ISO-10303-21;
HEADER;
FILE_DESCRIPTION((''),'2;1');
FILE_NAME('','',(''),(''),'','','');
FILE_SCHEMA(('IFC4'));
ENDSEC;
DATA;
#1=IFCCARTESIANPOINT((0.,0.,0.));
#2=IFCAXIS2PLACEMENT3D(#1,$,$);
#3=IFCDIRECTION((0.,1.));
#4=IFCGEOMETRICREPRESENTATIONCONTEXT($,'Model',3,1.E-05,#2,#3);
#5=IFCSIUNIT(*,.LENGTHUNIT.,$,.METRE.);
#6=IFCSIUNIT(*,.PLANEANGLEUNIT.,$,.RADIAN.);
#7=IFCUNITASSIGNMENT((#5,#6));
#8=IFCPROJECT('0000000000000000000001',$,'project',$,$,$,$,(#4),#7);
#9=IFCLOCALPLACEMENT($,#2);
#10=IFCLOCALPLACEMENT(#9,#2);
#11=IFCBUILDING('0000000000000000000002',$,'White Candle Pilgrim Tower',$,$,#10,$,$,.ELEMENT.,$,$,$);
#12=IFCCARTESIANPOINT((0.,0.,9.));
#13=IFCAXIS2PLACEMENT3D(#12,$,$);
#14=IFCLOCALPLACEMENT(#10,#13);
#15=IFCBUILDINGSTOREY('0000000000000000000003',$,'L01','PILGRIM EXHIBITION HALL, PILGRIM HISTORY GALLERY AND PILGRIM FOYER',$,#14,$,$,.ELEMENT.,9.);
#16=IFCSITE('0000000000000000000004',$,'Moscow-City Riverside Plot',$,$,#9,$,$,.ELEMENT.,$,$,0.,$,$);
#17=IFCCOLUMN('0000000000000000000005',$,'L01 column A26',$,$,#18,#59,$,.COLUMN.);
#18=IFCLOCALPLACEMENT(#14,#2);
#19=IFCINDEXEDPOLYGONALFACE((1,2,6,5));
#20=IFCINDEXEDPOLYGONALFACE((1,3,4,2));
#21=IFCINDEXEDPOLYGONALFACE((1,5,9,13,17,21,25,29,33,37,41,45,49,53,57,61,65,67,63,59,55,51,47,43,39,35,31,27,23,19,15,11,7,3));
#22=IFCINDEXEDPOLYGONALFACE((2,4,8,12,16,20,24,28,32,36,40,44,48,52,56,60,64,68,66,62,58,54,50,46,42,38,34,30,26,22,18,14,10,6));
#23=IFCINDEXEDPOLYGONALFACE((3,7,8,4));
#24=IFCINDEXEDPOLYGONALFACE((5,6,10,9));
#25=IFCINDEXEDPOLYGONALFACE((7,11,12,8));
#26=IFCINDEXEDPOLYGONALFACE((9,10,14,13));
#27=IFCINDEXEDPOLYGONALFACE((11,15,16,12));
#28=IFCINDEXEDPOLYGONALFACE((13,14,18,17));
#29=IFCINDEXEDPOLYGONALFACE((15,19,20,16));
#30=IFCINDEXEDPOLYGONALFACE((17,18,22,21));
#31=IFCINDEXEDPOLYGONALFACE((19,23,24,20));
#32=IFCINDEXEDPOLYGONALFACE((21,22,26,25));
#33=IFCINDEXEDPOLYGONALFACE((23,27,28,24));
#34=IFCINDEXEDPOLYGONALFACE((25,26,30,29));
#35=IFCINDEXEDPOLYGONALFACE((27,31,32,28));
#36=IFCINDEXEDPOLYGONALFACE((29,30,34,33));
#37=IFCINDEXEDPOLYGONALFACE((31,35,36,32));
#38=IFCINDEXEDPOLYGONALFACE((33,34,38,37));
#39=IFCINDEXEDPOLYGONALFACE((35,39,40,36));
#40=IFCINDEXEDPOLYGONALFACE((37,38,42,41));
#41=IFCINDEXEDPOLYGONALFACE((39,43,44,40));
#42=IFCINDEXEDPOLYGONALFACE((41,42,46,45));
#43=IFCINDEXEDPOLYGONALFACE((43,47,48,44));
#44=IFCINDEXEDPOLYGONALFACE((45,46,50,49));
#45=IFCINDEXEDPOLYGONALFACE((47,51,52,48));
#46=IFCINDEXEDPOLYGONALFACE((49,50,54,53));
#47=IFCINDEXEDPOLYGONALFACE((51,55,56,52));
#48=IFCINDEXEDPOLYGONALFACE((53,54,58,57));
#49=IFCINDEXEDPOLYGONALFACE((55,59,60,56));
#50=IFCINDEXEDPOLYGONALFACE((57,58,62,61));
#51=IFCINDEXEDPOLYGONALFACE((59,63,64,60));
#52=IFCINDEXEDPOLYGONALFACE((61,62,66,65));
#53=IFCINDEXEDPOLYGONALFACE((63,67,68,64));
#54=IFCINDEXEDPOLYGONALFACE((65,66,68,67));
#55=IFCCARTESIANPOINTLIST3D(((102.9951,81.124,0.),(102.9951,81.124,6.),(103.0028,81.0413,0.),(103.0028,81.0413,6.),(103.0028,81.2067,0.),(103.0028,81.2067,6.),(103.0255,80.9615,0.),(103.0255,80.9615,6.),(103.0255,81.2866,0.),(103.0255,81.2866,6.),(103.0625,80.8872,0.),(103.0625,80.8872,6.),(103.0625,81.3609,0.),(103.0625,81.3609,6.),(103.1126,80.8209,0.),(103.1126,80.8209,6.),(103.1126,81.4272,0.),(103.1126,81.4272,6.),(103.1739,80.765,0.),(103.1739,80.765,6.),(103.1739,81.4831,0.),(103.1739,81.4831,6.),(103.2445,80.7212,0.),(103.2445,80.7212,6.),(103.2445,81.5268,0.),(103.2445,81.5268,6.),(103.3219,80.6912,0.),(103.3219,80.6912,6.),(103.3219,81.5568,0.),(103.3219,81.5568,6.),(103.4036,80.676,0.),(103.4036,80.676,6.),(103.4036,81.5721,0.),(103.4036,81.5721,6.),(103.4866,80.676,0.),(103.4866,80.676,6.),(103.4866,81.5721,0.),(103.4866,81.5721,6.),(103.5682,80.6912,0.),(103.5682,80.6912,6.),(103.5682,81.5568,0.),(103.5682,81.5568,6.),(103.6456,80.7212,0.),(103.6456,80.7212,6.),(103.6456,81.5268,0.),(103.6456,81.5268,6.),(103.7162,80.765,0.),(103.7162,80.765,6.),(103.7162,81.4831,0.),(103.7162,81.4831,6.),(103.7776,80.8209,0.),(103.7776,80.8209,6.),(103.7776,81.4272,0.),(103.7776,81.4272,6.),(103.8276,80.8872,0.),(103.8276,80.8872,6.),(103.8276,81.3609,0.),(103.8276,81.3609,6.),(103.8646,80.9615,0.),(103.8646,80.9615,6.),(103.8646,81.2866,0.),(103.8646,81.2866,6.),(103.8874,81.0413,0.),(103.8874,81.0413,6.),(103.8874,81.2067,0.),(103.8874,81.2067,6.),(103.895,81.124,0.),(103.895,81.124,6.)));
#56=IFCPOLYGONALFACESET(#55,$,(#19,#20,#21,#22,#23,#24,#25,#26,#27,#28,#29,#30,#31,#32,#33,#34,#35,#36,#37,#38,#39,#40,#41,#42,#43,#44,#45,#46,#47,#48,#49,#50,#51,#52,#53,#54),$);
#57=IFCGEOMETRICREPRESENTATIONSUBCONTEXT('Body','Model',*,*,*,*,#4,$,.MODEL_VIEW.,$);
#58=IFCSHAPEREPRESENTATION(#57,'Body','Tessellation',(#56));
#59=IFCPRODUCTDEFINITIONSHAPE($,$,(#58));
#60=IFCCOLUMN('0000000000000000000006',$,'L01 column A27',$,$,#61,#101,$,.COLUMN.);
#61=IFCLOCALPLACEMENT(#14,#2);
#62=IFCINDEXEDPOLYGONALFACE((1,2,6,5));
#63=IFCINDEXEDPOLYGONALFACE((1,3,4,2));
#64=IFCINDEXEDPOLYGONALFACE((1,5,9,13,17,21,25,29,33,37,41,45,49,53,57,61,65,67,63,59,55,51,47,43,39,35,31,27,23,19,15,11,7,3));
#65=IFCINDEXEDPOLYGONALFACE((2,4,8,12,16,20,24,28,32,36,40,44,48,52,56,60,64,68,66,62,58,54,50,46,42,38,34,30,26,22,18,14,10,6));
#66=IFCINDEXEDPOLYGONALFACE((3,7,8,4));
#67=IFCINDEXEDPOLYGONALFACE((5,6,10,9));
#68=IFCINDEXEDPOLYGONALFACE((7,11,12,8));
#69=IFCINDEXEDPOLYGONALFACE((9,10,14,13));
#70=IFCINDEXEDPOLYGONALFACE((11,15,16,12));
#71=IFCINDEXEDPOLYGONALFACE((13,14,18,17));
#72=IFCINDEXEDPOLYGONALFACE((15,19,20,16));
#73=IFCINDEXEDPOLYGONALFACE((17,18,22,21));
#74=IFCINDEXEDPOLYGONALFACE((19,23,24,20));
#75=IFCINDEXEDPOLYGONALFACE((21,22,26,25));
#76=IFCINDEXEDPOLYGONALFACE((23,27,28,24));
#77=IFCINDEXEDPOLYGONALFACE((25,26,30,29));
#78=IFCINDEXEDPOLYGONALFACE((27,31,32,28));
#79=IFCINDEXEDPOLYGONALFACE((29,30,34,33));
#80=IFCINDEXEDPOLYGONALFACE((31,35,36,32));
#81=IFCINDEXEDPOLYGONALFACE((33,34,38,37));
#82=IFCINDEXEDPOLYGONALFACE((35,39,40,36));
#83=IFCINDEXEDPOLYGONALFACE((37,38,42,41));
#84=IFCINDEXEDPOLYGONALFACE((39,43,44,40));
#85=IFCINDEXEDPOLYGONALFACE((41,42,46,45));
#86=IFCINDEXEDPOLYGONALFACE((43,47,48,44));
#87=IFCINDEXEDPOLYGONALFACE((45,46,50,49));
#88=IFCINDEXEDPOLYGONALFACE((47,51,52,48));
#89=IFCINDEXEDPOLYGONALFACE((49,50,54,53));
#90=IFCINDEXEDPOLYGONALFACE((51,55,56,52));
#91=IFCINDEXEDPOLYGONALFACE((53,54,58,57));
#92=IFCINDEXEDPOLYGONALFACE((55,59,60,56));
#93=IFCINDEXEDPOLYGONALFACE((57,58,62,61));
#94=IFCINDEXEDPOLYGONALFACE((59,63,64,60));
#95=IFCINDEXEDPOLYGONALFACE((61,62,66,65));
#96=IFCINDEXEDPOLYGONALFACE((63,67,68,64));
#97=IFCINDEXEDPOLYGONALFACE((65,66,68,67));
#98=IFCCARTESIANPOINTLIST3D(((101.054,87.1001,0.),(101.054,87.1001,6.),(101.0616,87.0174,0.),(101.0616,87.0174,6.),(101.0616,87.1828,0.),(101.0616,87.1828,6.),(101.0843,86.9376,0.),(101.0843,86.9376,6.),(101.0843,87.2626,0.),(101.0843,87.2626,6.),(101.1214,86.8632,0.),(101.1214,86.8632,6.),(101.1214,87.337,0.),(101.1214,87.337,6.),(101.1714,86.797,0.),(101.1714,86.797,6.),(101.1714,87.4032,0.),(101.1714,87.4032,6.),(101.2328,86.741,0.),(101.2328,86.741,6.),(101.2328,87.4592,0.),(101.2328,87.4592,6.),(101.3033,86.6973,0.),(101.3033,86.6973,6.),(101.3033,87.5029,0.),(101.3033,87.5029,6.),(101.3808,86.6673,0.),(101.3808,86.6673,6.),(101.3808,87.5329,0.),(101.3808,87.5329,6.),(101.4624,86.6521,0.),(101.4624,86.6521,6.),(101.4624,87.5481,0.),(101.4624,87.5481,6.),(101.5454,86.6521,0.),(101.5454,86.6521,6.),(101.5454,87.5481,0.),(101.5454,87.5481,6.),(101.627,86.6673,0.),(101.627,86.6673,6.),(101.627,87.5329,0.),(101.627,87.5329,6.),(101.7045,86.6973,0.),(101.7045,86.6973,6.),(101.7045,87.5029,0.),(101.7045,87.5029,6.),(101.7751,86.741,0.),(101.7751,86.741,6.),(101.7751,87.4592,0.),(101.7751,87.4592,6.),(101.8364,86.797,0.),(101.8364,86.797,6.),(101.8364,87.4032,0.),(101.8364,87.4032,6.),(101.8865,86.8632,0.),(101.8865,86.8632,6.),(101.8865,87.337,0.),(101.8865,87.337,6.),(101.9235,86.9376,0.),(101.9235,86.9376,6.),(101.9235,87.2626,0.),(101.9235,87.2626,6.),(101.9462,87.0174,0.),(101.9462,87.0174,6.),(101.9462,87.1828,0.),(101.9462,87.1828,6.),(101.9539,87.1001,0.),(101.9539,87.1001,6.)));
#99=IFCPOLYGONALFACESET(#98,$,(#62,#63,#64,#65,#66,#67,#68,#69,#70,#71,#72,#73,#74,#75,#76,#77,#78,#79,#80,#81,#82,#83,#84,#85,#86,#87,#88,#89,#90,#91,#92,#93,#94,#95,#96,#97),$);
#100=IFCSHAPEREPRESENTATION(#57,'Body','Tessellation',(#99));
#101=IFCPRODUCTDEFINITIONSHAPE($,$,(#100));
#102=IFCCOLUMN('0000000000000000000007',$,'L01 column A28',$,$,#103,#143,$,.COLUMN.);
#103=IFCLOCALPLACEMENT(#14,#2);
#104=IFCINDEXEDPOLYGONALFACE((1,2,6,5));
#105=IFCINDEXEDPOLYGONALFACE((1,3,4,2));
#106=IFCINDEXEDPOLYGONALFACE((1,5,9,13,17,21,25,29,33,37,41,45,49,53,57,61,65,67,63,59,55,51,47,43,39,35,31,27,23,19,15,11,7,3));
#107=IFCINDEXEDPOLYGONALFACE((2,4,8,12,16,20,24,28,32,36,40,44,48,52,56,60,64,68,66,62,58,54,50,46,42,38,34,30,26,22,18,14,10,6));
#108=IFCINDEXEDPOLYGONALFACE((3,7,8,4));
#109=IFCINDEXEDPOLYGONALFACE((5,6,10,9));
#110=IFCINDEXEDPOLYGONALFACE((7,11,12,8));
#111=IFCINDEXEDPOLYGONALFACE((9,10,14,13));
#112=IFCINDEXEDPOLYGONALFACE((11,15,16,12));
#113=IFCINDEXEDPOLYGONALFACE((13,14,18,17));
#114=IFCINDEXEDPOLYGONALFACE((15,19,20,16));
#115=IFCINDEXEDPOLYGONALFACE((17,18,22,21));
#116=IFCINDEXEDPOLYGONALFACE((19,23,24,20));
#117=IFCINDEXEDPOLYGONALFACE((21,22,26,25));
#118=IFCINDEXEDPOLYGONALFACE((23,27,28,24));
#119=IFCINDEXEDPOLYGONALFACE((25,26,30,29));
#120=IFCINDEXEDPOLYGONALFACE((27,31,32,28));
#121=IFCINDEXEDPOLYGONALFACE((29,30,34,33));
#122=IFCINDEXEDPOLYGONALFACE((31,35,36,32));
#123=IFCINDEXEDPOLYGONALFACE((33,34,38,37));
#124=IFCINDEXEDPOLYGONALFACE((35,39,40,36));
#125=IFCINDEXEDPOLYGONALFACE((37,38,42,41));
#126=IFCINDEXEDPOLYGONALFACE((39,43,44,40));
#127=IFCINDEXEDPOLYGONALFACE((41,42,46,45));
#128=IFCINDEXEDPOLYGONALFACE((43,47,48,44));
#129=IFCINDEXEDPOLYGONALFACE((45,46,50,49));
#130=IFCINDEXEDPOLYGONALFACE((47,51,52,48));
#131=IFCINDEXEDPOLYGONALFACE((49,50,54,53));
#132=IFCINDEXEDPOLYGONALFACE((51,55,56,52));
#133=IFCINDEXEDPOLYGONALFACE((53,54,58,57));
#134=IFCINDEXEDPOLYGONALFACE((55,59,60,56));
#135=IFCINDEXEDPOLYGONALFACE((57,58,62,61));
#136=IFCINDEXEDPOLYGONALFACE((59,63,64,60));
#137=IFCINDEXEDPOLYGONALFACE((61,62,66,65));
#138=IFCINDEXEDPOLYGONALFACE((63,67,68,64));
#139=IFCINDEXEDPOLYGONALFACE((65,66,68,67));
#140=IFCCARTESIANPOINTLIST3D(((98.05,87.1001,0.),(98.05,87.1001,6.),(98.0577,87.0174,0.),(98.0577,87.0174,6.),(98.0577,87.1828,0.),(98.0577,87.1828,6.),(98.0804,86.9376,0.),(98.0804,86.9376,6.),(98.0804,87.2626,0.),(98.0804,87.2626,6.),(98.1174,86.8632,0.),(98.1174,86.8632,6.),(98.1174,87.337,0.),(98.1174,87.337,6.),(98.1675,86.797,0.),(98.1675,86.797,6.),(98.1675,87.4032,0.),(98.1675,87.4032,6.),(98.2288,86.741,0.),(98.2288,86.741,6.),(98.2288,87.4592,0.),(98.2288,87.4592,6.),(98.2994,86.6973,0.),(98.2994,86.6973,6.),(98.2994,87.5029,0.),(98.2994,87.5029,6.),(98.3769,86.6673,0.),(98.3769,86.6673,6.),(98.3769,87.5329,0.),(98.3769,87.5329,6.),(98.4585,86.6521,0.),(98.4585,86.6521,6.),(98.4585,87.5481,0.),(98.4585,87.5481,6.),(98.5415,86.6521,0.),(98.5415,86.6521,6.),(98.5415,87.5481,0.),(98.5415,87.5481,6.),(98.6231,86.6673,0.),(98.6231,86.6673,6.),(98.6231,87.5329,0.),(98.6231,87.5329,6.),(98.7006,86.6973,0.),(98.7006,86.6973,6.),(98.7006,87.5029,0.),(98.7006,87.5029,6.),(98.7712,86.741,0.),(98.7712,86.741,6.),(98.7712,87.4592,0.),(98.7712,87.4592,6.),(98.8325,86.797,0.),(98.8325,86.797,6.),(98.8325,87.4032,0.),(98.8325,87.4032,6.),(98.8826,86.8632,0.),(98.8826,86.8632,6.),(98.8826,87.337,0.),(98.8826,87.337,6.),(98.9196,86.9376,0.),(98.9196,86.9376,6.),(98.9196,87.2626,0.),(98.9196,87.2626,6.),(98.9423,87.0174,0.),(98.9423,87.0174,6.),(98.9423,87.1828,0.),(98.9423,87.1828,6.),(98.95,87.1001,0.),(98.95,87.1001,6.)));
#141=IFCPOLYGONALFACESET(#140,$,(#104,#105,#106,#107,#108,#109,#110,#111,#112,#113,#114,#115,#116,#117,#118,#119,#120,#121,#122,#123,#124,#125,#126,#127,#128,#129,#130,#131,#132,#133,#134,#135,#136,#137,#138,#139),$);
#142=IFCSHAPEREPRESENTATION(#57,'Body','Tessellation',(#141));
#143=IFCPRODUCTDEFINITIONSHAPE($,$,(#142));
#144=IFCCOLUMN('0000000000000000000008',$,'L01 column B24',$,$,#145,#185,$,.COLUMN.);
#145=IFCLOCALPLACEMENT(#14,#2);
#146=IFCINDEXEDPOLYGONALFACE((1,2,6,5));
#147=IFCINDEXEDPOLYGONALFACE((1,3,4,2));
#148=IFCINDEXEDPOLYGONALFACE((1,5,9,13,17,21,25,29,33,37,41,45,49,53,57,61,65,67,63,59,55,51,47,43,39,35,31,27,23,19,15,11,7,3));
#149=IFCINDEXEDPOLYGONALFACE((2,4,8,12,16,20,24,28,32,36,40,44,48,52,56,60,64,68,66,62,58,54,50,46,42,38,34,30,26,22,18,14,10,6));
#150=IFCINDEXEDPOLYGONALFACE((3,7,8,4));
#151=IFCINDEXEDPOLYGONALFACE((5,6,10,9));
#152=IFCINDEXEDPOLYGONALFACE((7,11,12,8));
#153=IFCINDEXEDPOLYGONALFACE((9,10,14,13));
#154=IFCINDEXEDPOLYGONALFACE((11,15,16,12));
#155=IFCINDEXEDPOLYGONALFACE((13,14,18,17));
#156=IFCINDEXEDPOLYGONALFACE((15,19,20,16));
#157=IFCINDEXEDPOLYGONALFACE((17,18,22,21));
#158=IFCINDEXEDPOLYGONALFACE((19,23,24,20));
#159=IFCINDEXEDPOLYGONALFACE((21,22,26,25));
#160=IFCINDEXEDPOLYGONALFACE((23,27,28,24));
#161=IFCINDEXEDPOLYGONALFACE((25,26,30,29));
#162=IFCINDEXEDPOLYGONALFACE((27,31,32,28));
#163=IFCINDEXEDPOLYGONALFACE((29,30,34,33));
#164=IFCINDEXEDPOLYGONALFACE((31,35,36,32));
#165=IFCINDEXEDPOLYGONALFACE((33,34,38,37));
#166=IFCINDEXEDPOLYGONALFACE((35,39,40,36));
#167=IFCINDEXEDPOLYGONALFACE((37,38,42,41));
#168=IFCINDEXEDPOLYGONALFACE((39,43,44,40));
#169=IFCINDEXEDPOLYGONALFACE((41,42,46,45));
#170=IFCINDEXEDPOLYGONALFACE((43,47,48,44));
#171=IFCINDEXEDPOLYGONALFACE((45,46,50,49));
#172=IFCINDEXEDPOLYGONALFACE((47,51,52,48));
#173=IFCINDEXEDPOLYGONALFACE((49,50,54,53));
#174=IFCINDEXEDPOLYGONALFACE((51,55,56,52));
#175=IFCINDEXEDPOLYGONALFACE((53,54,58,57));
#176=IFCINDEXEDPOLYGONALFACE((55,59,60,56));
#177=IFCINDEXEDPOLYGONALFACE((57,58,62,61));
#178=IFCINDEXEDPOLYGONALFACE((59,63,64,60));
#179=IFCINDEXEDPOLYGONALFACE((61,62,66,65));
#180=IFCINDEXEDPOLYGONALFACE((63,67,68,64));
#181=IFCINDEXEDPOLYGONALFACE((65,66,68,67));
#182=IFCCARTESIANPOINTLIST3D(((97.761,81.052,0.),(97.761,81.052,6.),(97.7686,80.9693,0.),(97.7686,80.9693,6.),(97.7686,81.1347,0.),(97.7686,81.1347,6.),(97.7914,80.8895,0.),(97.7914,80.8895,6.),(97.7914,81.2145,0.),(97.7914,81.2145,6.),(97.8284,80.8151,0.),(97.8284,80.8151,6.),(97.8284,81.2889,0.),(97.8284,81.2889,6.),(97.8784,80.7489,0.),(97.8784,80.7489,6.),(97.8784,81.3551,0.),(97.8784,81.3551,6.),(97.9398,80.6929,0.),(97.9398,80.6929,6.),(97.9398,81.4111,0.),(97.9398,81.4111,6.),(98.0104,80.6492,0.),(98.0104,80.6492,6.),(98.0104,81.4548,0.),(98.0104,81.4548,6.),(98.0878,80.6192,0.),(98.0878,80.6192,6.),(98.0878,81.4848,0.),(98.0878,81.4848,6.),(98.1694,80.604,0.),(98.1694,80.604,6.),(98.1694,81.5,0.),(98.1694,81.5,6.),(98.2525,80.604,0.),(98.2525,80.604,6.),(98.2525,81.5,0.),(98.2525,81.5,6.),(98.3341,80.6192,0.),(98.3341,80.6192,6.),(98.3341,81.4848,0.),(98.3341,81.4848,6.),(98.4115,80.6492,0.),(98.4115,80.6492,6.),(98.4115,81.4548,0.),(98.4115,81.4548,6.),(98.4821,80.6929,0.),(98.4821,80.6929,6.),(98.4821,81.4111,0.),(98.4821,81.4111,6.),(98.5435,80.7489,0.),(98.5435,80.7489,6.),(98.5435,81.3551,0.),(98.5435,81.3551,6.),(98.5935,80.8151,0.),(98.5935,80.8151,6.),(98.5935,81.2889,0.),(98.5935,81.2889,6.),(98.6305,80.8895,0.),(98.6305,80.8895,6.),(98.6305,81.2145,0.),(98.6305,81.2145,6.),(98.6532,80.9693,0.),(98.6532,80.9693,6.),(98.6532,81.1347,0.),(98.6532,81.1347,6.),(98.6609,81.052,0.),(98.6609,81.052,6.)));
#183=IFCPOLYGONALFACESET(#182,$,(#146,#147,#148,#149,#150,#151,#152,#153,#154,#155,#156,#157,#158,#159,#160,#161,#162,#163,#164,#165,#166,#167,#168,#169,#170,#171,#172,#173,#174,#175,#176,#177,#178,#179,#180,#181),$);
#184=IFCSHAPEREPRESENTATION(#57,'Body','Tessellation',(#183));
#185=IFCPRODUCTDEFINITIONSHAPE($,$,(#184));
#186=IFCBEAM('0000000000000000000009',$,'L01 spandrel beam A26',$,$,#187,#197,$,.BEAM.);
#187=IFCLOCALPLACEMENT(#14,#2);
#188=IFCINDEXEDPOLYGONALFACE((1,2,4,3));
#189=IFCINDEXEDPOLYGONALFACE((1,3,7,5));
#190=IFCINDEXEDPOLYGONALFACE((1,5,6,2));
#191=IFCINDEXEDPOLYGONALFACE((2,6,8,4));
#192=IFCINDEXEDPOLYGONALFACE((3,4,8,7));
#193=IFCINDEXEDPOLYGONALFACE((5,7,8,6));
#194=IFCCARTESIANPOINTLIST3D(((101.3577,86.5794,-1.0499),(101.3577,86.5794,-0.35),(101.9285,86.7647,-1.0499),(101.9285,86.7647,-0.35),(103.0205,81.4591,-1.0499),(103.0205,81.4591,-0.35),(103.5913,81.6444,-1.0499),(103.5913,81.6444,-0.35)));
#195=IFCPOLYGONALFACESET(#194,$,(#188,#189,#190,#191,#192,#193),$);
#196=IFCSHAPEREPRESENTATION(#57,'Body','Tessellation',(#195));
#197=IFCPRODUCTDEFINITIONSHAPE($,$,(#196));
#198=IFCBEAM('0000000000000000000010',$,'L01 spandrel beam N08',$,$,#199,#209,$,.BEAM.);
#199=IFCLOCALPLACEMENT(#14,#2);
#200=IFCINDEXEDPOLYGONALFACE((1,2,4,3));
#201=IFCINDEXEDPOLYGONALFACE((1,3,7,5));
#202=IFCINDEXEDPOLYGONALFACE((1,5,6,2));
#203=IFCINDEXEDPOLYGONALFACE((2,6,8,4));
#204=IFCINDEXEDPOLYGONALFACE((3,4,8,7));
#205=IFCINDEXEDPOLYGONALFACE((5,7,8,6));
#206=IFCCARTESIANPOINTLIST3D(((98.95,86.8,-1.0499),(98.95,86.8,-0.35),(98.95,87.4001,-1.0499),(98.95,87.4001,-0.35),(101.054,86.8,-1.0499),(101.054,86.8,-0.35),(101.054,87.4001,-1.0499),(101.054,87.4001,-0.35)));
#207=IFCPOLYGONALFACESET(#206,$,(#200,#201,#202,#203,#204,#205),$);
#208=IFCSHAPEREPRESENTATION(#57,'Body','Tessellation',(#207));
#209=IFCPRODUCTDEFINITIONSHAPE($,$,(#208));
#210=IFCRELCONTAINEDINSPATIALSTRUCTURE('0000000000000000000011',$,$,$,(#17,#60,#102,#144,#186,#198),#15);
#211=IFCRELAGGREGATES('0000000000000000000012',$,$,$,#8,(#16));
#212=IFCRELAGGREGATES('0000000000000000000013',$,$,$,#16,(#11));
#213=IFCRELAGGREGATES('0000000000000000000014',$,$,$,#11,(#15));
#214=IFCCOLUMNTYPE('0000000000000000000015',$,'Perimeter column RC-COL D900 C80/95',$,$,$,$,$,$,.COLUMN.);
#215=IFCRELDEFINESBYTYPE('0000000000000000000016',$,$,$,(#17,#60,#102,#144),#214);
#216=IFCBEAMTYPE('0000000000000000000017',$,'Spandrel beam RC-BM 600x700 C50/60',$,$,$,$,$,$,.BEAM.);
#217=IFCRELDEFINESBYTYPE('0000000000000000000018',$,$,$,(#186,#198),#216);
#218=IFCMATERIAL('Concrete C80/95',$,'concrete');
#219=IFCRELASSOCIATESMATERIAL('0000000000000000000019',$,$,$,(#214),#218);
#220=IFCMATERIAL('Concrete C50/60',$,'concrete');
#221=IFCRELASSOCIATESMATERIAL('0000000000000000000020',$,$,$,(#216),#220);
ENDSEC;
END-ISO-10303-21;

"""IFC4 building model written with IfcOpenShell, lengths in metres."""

from ifc_helpers import new_model, si_unit, direction, frame, origin, origin_2d, place, context, subcontext, project, spatial, rectangle, circle, extrude, material, material_profile, profile_set, type_object, element, save


model = new_model("IFC4")

# Units and contexts
model_context = context("Model", 3, precision=1e-05, world=origin(), true_north=direction((0.0, 1.0)))
body_context = subcontext(model_context, "Body", "Model", "MODEL_VIEW")
ifc_project = project(units=[si_unit("LENGTHUNIT", "METRE"), si_unit("PLANEANGLEUNIT", "RADIAN")], contexts=[model_context])

# Site, building, storey
site_placement = place(None, origin())
site = spatial("IfcSite", under=ifc_project, at=site_placement, Name="Moscow-City Riverside Plot", CompositionType="ELEMENT", RefElevation=0.0)
building_placement = place(site_placement, origin())
building = spatial("IfcBuilding", under=site, at=building_placement, Name="White Candle Pilgrim Tower", CompositionType="ELEMENT")
storey_placement = place(building_placement, frame((0.0, 0.0, 9.0)))
storey = spatial("IfcBuildingStorey", under=building, at=storey_placement, Name="L01", Description="PILGRIM EXHIBITION HALL, PILGRIM HISTORY GALLERY AND PILGRIM FOYER", CompositionType="ELEMENT", Elevation=9.0)

# Columns
ifc_material_1 = material(Name="Concrete C80/95", Category="concrete")
ifc_material_profile_1 = material_profile(ifc_material_1, circle(Radius=0.45, at=origin_2d()), Name="RC-COL D900")
ifc_profile_set_1 = profile_set([ifc_material_profile_1], Name="Concrete C80/95")
column_type = type_object("IfcColumnType", Name="Perimeter column RC-COL D900 C80/95", PredefinedType="COLUMN", material=ifc_profile_set_1)
for number, where, z_axis, x_axis, name in (
    (1, (103.4451, 81.124, 0.0), (0.0, 0.0, 1.0), (1.0, 0.0, 0.0), "L01 column A26"),
    (2, (101.5039, 87.1001, 0.0), (0.0, 0.0, 1.0), (1.0, 0.0, 0.0), "L01 column A27"),
    (3, (98.5, 87.1001, 0.0), (0.0, 0.0, 1.0), (1.0, 0.0, 0.0), "L01 column A28"),
    (4, (98.2109, 81.052, 0.0), (0.0, 0.0, 1.0), (1.0, 0.0, 0.0), "L01 column B24"),
):
    element("IfcColumn", number, at=place(storey_placement, frame(where, z_axis=z_axis, x_axis=x_axis)), inside=storey, type_object=column_type, Name=name, PredefinedType="COLUMN", context=body_context, shape_type="SweptSolid", body=[
        extrude(circle(Radius=0.45, at=origin_2d()), origin(), (0.0, 0.0, 1.0), 6.0),
    ])

# Beams
ifc_material_2 = material(Name="Concrete C50/60", Category="concrete")
ifc_material_profile_2 = material_profile(ifc_material_2, rectangle(XDim=0.6001, YDim=0.7, at=origin_2d()), Name="RC-BM 600x700")
ifc_profile_set_2 = profile_set([ifc_material_profile_2], Name="Concrete C50/60")
beam_type = type_object("IfcBeamType", Name="Spandrel beam RC-BM 600x700 C50/60", PredefinedType="BEAM", material=ifc_profile_set_2)
beam_1_placement = place(storey_placement, frame((103.3059, 81.5518, -0.7), z_axis=(-0.308872, 0.951104, 0.0), x_axis=(-0.951104, -0.308872, 0.0)))
element("IfcBeam", 5, at=beam_1_placement, inside=storey, type_object=beam_type, Name="L01 spandrel beam A26", PredefinedType="BEAM", context=body_context, shape_type="SweptSolid", body=[
    extrude(rectangle(XDim=0.6001, YDim=0.7, at=origin_2d()), origin(), (0.0, 0.0, 1.0), 5.3835),
])
beam_2_placement = place(storey_placement, frame((98.95, 87.1001, -0.7), z_axis=(1.0, 0.0, 0.0), x_axis=(0.0, 1.0, 0.0)))
element("IfcBeam", 6, at=beam_2_placement, inside=storey, type_object=beam_type, Name="L01 spandrel beam N08", PredefinedType="BEAM", context=body_context, shape_type="SweptSolid", body=[
    extrude(rectangle(XDim=0.6001, YDim=0.7, at=origin_2d()), origin(), (0.0, 0.0, 1.0), 2.104),
])

save(model, "model.ifc")
